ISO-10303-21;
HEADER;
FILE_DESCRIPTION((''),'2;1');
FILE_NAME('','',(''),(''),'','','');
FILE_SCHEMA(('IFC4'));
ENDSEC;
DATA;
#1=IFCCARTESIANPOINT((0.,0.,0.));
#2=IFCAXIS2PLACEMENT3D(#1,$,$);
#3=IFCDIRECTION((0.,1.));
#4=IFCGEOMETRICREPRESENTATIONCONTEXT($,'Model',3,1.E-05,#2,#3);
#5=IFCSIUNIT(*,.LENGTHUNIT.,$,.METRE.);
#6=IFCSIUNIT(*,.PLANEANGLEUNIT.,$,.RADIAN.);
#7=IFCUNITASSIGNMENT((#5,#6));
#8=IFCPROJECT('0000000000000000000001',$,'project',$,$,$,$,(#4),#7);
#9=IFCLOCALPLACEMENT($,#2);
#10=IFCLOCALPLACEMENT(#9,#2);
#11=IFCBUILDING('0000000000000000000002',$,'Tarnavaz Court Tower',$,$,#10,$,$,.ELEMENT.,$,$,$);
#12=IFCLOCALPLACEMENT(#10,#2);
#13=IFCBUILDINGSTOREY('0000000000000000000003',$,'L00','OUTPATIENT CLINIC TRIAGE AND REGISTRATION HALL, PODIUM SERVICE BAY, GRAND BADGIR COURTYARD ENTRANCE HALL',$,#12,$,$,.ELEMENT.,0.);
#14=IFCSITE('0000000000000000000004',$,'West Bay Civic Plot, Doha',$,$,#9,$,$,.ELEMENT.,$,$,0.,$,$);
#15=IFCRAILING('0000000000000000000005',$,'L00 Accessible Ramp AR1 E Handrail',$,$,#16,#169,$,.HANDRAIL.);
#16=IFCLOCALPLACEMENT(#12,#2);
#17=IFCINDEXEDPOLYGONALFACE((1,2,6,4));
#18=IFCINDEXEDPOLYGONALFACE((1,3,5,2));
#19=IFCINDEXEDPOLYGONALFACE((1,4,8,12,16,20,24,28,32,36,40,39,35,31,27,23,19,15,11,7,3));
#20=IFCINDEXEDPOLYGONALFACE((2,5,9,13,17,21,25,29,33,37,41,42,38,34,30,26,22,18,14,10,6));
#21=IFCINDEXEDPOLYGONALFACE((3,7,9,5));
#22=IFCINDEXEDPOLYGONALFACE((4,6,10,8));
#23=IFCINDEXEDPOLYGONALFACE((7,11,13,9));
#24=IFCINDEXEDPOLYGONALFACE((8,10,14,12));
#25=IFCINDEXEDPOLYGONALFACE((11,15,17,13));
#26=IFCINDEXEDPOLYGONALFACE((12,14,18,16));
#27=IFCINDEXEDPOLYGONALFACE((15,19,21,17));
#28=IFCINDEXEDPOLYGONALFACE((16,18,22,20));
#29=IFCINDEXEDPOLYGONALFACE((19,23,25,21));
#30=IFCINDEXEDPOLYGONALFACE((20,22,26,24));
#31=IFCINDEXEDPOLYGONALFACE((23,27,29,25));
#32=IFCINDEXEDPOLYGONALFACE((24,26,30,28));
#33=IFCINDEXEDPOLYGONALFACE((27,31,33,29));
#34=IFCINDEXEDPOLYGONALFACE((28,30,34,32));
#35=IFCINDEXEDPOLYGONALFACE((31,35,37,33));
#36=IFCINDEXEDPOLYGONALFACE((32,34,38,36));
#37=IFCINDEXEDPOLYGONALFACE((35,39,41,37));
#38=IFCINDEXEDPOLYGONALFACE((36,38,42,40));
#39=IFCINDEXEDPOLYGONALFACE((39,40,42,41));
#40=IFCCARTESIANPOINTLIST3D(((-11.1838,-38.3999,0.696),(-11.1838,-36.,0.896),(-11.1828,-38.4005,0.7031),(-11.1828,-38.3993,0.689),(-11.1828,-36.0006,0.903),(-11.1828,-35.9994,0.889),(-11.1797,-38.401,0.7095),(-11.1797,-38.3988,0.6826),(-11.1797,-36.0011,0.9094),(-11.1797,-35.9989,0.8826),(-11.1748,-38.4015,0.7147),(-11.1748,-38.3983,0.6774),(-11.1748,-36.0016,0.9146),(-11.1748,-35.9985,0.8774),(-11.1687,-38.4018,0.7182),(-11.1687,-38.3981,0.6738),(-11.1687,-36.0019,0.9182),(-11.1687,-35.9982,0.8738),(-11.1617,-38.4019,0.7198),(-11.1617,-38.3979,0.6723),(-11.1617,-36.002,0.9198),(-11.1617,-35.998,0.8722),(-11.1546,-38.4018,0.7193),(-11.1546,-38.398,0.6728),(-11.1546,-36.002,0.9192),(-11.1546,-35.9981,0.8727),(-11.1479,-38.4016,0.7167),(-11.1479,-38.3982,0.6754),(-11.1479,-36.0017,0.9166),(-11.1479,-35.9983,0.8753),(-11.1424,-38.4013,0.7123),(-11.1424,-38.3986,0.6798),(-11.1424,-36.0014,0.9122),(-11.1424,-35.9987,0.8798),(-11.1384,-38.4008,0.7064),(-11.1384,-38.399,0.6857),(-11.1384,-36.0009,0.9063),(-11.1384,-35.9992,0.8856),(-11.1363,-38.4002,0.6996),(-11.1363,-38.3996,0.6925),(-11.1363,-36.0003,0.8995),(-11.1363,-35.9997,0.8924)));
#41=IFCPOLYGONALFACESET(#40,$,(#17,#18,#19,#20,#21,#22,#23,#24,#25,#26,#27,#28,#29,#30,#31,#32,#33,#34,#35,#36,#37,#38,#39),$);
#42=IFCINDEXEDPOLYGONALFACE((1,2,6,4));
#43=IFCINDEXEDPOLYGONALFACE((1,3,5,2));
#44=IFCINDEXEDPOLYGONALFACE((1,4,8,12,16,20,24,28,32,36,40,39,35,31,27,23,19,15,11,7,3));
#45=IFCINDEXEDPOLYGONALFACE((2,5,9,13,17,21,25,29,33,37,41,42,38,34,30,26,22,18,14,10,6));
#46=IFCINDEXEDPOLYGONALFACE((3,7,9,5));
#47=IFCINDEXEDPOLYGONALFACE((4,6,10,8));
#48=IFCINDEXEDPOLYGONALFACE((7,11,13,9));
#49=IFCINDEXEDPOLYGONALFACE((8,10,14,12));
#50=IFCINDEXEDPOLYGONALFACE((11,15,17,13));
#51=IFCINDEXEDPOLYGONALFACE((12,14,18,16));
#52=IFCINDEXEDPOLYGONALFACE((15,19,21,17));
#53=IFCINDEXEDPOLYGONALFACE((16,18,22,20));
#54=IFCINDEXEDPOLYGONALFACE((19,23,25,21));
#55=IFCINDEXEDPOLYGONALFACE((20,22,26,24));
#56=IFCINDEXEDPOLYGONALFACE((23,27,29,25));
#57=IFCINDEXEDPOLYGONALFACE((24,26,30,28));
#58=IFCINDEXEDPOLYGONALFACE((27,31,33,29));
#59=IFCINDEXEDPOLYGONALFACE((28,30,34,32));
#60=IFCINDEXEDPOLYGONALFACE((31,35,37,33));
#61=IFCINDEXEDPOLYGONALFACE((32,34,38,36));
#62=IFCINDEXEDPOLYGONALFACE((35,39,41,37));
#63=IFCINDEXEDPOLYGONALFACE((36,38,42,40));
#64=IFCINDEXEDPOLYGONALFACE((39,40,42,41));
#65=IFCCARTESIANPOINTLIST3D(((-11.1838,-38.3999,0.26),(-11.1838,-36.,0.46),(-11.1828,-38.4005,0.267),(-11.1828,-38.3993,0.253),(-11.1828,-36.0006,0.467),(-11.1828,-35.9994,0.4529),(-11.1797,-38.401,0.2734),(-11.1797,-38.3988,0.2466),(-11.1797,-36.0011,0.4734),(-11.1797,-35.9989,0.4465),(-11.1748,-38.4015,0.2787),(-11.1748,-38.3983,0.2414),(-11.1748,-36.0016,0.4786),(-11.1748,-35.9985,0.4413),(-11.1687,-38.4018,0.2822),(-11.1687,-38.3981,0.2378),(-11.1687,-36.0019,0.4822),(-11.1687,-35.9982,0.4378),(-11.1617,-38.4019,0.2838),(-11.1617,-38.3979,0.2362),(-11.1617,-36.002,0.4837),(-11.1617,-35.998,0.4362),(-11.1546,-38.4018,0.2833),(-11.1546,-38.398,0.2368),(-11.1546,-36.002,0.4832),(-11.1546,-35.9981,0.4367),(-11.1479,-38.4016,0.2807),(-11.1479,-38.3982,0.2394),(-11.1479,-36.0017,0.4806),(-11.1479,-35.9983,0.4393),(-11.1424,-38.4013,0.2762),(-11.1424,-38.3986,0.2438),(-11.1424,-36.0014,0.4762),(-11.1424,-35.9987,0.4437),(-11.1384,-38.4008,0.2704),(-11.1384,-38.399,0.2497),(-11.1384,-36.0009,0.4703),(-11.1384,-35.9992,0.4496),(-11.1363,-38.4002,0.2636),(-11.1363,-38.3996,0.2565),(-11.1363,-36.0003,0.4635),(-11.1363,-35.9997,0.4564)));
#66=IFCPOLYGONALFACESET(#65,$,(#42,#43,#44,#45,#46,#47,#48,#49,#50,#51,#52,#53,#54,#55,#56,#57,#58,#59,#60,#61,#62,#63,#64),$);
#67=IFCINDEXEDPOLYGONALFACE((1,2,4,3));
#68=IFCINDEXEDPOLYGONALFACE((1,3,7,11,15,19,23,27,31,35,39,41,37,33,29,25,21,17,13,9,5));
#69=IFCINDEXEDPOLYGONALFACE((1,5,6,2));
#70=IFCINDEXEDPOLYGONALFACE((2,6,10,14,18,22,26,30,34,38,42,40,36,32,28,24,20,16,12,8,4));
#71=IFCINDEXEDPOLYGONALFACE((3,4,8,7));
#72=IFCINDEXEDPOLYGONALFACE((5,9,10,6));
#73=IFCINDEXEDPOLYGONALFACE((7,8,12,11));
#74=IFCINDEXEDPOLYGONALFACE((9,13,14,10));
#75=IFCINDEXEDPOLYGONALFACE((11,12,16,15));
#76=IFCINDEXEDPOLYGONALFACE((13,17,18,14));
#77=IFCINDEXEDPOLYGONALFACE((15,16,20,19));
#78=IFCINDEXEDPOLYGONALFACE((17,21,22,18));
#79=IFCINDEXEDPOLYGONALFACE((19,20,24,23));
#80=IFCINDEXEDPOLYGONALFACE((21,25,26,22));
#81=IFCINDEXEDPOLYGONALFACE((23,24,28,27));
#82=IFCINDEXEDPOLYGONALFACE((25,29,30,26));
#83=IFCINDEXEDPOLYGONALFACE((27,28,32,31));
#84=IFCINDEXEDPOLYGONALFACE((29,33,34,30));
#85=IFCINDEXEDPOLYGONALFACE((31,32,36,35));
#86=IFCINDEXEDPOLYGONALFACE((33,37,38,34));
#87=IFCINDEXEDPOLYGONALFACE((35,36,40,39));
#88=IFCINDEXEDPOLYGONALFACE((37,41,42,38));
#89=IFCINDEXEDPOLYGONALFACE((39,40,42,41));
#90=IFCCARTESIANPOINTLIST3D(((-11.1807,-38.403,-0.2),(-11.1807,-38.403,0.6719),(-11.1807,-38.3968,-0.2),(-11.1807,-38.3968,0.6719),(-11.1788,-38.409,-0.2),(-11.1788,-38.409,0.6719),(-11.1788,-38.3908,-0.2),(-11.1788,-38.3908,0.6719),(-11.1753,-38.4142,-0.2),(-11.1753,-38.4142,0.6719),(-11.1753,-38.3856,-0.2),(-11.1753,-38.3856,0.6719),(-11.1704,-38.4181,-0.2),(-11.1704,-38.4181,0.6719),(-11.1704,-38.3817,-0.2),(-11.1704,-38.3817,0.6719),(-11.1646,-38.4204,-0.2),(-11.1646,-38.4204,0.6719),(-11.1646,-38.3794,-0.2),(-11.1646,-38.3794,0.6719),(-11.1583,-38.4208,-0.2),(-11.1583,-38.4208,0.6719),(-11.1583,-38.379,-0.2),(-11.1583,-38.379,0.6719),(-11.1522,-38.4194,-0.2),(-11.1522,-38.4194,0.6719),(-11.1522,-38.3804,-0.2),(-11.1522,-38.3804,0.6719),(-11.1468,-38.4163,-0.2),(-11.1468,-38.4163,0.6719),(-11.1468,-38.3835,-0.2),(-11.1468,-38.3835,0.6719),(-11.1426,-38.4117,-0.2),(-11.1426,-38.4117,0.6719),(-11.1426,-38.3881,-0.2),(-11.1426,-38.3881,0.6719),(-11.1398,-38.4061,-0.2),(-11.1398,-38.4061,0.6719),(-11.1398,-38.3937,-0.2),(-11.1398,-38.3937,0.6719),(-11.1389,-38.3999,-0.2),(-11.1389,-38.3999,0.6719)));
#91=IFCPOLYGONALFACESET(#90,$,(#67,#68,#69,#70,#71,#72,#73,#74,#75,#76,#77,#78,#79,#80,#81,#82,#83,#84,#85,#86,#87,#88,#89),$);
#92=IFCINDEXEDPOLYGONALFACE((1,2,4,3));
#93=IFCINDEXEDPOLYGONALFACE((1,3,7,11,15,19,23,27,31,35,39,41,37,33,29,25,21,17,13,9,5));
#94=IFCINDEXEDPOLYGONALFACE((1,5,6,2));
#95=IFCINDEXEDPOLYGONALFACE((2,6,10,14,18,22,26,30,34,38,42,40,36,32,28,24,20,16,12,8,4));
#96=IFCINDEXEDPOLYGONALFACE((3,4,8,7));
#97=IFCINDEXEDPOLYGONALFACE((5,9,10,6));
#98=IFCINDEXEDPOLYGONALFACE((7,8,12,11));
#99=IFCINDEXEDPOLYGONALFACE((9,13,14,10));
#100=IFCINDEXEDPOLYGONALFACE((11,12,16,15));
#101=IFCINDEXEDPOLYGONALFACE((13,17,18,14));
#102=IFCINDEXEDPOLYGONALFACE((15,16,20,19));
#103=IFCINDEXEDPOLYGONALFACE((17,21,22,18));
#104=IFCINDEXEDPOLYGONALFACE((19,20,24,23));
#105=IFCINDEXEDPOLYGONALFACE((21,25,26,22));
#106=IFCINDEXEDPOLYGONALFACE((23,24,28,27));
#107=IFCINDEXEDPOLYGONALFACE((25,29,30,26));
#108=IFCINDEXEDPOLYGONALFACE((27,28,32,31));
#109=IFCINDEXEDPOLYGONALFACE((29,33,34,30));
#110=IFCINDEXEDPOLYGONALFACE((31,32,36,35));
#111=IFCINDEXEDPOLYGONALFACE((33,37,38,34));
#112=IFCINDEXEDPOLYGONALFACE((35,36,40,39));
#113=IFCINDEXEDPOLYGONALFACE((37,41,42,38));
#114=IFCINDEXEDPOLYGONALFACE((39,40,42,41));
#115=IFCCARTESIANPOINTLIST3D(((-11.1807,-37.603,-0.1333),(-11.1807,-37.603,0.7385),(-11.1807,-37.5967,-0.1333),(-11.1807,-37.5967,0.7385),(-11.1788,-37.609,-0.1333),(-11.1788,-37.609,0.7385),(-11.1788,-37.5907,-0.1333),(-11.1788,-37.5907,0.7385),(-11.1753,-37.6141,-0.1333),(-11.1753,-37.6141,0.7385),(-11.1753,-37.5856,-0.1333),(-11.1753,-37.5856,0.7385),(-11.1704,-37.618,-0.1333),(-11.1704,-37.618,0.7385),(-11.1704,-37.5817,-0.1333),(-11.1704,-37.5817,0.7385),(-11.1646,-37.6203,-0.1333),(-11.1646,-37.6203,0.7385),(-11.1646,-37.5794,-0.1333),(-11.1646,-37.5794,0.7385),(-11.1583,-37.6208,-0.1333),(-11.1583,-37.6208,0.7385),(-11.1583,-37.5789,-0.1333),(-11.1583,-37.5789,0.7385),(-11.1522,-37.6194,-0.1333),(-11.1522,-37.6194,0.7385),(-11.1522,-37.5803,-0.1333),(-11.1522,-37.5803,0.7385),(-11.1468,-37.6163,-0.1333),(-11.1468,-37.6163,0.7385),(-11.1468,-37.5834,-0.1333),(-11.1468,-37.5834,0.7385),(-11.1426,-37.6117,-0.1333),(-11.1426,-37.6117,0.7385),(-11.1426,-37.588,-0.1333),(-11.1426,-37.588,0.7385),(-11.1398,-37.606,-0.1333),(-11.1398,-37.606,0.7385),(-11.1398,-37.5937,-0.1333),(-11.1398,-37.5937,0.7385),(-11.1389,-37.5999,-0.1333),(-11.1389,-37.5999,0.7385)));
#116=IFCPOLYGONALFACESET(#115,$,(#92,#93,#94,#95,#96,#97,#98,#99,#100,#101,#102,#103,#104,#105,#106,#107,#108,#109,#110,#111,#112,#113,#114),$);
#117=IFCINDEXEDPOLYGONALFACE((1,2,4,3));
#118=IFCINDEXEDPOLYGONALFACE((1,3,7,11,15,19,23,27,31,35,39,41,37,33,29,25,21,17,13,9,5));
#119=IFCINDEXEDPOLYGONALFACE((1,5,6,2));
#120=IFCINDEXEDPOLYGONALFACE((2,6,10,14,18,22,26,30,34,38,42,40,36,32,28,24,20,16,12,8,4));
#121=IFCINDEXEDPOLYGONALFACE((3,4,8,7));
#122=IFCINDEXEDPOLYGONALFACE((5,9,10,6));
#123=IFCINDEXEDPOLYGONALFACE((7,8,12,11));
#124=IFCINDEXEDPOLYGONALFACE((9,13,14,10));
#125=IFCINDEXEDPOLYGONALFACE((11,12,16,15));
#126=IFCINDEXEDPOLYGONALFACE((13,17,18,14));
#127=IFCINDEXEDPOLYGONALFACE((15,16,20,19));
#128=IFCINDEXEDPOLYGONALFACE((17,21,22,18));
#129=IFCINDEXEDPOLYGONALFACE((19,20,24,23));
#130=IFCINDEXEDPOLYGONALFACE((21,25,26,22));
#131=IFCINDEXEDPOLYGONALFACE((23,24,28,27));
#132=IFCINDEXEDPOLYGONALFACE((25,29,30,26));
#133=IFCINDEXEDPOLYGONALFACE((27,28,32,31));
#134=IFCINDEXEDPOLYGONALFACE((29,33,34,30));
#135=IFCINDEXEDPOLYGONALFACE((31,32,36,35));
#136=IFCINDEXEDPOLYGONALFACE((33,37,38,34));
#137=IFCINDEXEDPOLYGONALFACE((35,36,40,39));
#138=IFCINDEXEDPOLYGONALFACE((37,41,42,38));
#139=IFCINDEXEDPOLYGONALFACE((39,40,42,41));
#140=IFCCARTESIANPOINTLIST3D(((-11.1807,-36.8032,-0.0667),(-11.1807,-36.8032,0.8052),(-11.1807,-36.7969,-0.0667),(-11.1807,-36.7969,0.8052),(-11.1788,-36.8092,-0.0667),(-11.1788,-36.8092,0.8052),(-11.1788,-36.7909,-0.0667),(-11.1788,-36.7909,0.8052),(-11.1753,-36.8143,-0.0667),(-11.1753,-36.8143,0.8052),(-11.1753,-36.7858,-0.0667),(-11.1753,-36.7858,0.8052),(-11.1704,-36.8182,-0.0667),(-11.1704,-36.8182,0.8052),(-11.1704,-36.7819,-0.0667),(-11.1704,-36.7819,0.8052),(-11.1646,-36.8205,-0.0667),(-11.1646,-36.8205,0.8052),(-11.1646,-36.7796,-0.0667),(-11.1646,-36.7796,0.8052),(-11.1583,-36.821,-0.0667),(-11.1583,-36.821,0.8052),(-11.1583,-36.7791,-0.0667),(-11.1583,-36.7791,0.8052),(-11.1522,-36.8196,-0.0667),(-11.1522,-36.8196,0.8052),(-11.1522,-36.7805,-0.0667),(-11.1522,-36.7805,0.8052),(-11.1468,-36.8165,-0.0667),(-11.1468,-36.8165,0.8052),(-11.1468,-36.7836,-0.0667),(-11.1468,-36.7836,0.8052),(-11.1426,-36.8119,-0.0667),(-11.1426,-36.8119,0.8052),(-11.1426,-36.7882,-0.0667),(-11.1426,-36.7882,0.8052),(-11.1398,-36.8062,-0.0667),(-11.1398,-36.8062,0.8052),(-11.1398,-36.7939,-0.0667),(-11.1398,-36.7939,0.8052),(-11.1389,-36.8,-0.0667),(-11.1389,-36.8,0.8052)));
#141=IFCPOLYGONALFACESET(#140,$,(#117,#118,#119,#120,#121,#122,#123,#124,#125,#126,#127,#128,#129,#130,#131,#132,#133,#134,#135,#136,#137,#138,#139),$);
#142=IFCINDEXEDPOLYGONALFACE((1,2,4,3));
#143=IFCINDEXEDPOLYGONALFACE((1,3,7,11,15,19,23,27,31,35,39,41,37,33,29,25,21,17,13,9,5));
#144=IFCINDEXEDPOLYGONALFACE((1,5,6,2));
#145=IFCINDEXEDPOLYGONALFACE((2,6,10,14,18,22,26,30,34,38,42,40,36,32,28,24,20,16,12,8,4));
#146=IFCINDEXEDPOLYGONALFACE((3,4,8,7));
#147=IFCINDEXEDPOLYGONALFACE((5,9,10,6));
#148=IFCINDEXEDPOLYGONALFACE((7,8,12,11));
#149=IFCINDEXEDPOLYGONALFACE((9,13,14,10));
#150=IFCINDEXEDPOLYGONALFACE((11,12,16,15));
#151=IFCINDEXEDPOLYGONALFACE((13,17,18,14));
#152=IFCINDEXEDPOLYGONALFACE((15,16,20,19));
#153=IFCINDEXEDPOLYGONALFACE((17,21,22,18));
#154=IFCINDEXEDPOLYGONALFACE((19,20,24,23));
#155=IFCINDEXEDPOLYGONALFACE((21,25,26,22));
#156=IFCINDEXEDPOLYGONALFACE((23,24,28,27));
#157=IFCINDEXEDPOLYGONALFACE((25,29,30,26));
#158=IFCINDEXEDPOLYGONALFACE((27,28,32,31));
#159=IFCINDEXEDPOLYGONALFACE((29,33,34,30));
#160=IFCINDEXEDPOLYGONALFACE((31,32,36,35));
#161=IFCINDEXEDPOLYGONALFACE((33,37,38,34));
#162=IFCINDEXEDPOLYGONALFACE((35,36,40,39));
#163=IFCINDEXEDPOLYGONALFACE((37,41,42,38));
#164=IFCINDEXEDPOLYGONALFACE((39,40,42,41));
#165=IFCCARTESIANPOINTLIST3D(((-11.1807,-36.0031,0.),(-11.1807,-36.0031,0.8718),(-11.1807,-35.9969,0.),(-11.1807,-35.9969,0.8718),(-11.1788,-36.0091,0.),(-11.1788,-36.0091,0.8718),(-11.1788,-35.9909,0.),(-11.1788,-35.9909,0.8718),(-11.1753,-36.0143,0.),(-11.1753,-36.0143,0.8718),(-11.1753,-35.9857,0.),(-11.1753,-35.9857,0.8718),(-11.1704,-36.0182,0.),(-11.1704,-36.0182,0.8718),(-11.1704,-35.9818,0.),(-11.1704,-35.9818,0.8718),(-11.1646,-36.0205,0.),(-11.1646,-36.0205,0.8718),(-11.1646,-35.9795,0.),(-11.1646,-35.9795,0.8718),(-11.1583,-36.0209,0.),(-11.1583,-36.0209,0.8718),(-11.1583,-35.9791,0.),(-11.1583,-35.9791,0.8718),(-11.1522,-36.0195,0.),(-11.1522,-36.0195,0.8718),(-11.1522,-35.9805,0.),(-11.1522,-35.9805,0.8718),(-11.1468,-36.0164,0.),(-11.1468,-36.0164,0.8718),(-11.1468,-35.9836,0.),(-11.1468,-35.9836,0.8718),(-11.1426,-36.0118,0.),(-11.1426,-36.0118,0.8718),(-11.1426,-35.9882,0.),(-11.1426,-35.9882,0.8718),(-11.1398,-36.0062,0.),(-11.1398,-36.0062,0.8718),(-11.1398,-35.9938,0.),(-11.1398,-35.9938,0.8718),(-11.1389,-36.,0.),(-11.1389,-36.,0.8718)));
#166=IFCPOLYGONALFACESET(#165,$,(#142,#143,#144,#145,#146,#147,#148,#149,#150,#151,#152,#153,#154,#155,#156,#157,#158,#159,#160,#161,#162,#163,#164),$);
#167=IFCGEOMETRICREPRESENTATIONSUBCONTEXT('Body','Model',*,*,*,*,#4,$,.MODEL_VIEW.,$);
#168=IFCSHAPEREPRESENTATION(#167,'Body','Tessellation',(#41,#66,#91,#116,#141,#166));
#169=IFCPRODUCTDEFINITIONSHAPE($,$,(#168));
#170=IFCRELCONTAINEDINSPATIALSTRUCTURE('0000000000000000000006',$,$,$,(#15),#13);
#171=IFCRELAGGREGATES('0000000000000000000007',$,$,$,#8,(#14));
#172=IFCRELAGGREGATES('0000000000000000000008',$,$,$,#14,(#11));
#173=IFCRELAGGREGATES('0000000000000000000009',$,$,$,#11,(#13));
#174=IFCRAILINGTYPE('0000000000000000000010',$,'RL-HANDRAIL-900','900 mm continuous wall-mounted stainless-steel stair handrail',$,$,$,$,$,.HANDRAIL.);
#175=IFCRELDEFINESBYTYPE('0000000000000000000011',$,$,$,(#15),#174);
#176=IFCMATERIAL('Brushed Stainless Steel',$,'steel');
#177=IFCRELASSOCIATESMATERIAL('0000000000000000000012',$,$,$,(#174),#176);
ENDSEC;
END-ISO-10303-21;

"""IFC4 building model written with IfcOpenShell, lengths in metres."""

from ifc_helpers import new_model, si_unit, direction, frame, origin, origin_2d, place, context, subcontext, project, spatial, circle, extrude, material, type_object, element, save


model = new_model("IFC4")

# Units and contexts
model_context = context("Model", 3, precision=1e-05, world=origin(), true_north=direction((0.0, 1.0)))
body_context = subcontext(model_context, "Body", "Model", "MODEL_VIEW")
ifc_project = project(units=[si_unit("LENGTHUNIT", "METRE"), si_unit("PLANEANGLEUNIT", "RADIAN")], contexts=[model_context])

# Site, building, storey
site_placement = place(None, origin())
site = spatial("IfcSite", under=ifc_project, at=site_placement, Name="West Bay Civic Plot, Doha", CompositionType="ELEMENT", RefElevation=0.0)
building_placement = place(site_placement, origin())
building = spatial("IfcBuilding", under=site, at=building_placement, Name="Tarnavaz Court Tower", CompositionType="ELEMENT")
storey_placement = place(building_placement, origin())
storey = spatial("IfcBuildingStorey", under=building, at=storey_placement, Name="L00", Description="OUTPATIENT CLINIC TRIAGE AND REGISTRATION HALL, PODIUM SERVICE BAY, GRAND BADGIR COURTYARD ENTRANCE HALL", CompositionType="ELEMENT", Elevation=0.0)

# Railing
ifc_material_1 = material(Name="Brushed Stainless Steel", Category="steel")
railing_type = type_object("IfcRailingType", Name="RL-HANDRAIL-900", Description="900 mm continuous wall-mounted stainless-steel stair handrail", PredefinedType="HANDRAIL", material=ifc_material_1)
for number, where, name in (
    (1, (-11.1599, -38.3999, -0.2), "L00 Accessible Ramp AR1 E Handrail"),
):
    element("IfcRailing", number, at=place(storey_placement, frame(where)), inside=storey, type_object=railing_type, Name=name, PredefinedType="HANDRAIL", context=body_context, shape_type="SweptSolid", body=[
        extrude(circle(Radius=0.0239, at=origin_2d()), frame((0.0, 0.0, 0.896), z_axis=(0.0, 0.996547, 0.083029), x_axis=(-1.0, 0.0, 0.0)), (0.0, 0.0, 1.0), 2.4082),
        extrude(circle(Radius=0.0239, at=origin_2d()), frame((0.0, 0.0, 0.46), z_axis=(0.0, 0.996547, 0.083029), x_axis=(-1.0, 0.0, 0.0)), (0.0, 0.0, 1.0), 2.4082),
        extrude(circle(Radius=0.021, at=origin_2d()), origin(), (0.0, 0.0, 1.0), 0.8718),
        extrude(circle(Radius=0.021, at=origin_2d()), frame((0.0, 0.8, 0.0667)), (0.0, 0.0, 1.0), 0.8718),
        extrude(circle(Radius=0.021, at=origin_2d()), frame((0.0, 1.5999, 0.1333)), (0.0, 0.0, 1.0), 0.8718),
        extrude(circle(Radius=0.021, at=origin_2d()), frame((0.0, 2.3999, 0.2)), (0.0, 0.0, 1.0), 0.8718),
    ])

save(model, "model.ifc")
